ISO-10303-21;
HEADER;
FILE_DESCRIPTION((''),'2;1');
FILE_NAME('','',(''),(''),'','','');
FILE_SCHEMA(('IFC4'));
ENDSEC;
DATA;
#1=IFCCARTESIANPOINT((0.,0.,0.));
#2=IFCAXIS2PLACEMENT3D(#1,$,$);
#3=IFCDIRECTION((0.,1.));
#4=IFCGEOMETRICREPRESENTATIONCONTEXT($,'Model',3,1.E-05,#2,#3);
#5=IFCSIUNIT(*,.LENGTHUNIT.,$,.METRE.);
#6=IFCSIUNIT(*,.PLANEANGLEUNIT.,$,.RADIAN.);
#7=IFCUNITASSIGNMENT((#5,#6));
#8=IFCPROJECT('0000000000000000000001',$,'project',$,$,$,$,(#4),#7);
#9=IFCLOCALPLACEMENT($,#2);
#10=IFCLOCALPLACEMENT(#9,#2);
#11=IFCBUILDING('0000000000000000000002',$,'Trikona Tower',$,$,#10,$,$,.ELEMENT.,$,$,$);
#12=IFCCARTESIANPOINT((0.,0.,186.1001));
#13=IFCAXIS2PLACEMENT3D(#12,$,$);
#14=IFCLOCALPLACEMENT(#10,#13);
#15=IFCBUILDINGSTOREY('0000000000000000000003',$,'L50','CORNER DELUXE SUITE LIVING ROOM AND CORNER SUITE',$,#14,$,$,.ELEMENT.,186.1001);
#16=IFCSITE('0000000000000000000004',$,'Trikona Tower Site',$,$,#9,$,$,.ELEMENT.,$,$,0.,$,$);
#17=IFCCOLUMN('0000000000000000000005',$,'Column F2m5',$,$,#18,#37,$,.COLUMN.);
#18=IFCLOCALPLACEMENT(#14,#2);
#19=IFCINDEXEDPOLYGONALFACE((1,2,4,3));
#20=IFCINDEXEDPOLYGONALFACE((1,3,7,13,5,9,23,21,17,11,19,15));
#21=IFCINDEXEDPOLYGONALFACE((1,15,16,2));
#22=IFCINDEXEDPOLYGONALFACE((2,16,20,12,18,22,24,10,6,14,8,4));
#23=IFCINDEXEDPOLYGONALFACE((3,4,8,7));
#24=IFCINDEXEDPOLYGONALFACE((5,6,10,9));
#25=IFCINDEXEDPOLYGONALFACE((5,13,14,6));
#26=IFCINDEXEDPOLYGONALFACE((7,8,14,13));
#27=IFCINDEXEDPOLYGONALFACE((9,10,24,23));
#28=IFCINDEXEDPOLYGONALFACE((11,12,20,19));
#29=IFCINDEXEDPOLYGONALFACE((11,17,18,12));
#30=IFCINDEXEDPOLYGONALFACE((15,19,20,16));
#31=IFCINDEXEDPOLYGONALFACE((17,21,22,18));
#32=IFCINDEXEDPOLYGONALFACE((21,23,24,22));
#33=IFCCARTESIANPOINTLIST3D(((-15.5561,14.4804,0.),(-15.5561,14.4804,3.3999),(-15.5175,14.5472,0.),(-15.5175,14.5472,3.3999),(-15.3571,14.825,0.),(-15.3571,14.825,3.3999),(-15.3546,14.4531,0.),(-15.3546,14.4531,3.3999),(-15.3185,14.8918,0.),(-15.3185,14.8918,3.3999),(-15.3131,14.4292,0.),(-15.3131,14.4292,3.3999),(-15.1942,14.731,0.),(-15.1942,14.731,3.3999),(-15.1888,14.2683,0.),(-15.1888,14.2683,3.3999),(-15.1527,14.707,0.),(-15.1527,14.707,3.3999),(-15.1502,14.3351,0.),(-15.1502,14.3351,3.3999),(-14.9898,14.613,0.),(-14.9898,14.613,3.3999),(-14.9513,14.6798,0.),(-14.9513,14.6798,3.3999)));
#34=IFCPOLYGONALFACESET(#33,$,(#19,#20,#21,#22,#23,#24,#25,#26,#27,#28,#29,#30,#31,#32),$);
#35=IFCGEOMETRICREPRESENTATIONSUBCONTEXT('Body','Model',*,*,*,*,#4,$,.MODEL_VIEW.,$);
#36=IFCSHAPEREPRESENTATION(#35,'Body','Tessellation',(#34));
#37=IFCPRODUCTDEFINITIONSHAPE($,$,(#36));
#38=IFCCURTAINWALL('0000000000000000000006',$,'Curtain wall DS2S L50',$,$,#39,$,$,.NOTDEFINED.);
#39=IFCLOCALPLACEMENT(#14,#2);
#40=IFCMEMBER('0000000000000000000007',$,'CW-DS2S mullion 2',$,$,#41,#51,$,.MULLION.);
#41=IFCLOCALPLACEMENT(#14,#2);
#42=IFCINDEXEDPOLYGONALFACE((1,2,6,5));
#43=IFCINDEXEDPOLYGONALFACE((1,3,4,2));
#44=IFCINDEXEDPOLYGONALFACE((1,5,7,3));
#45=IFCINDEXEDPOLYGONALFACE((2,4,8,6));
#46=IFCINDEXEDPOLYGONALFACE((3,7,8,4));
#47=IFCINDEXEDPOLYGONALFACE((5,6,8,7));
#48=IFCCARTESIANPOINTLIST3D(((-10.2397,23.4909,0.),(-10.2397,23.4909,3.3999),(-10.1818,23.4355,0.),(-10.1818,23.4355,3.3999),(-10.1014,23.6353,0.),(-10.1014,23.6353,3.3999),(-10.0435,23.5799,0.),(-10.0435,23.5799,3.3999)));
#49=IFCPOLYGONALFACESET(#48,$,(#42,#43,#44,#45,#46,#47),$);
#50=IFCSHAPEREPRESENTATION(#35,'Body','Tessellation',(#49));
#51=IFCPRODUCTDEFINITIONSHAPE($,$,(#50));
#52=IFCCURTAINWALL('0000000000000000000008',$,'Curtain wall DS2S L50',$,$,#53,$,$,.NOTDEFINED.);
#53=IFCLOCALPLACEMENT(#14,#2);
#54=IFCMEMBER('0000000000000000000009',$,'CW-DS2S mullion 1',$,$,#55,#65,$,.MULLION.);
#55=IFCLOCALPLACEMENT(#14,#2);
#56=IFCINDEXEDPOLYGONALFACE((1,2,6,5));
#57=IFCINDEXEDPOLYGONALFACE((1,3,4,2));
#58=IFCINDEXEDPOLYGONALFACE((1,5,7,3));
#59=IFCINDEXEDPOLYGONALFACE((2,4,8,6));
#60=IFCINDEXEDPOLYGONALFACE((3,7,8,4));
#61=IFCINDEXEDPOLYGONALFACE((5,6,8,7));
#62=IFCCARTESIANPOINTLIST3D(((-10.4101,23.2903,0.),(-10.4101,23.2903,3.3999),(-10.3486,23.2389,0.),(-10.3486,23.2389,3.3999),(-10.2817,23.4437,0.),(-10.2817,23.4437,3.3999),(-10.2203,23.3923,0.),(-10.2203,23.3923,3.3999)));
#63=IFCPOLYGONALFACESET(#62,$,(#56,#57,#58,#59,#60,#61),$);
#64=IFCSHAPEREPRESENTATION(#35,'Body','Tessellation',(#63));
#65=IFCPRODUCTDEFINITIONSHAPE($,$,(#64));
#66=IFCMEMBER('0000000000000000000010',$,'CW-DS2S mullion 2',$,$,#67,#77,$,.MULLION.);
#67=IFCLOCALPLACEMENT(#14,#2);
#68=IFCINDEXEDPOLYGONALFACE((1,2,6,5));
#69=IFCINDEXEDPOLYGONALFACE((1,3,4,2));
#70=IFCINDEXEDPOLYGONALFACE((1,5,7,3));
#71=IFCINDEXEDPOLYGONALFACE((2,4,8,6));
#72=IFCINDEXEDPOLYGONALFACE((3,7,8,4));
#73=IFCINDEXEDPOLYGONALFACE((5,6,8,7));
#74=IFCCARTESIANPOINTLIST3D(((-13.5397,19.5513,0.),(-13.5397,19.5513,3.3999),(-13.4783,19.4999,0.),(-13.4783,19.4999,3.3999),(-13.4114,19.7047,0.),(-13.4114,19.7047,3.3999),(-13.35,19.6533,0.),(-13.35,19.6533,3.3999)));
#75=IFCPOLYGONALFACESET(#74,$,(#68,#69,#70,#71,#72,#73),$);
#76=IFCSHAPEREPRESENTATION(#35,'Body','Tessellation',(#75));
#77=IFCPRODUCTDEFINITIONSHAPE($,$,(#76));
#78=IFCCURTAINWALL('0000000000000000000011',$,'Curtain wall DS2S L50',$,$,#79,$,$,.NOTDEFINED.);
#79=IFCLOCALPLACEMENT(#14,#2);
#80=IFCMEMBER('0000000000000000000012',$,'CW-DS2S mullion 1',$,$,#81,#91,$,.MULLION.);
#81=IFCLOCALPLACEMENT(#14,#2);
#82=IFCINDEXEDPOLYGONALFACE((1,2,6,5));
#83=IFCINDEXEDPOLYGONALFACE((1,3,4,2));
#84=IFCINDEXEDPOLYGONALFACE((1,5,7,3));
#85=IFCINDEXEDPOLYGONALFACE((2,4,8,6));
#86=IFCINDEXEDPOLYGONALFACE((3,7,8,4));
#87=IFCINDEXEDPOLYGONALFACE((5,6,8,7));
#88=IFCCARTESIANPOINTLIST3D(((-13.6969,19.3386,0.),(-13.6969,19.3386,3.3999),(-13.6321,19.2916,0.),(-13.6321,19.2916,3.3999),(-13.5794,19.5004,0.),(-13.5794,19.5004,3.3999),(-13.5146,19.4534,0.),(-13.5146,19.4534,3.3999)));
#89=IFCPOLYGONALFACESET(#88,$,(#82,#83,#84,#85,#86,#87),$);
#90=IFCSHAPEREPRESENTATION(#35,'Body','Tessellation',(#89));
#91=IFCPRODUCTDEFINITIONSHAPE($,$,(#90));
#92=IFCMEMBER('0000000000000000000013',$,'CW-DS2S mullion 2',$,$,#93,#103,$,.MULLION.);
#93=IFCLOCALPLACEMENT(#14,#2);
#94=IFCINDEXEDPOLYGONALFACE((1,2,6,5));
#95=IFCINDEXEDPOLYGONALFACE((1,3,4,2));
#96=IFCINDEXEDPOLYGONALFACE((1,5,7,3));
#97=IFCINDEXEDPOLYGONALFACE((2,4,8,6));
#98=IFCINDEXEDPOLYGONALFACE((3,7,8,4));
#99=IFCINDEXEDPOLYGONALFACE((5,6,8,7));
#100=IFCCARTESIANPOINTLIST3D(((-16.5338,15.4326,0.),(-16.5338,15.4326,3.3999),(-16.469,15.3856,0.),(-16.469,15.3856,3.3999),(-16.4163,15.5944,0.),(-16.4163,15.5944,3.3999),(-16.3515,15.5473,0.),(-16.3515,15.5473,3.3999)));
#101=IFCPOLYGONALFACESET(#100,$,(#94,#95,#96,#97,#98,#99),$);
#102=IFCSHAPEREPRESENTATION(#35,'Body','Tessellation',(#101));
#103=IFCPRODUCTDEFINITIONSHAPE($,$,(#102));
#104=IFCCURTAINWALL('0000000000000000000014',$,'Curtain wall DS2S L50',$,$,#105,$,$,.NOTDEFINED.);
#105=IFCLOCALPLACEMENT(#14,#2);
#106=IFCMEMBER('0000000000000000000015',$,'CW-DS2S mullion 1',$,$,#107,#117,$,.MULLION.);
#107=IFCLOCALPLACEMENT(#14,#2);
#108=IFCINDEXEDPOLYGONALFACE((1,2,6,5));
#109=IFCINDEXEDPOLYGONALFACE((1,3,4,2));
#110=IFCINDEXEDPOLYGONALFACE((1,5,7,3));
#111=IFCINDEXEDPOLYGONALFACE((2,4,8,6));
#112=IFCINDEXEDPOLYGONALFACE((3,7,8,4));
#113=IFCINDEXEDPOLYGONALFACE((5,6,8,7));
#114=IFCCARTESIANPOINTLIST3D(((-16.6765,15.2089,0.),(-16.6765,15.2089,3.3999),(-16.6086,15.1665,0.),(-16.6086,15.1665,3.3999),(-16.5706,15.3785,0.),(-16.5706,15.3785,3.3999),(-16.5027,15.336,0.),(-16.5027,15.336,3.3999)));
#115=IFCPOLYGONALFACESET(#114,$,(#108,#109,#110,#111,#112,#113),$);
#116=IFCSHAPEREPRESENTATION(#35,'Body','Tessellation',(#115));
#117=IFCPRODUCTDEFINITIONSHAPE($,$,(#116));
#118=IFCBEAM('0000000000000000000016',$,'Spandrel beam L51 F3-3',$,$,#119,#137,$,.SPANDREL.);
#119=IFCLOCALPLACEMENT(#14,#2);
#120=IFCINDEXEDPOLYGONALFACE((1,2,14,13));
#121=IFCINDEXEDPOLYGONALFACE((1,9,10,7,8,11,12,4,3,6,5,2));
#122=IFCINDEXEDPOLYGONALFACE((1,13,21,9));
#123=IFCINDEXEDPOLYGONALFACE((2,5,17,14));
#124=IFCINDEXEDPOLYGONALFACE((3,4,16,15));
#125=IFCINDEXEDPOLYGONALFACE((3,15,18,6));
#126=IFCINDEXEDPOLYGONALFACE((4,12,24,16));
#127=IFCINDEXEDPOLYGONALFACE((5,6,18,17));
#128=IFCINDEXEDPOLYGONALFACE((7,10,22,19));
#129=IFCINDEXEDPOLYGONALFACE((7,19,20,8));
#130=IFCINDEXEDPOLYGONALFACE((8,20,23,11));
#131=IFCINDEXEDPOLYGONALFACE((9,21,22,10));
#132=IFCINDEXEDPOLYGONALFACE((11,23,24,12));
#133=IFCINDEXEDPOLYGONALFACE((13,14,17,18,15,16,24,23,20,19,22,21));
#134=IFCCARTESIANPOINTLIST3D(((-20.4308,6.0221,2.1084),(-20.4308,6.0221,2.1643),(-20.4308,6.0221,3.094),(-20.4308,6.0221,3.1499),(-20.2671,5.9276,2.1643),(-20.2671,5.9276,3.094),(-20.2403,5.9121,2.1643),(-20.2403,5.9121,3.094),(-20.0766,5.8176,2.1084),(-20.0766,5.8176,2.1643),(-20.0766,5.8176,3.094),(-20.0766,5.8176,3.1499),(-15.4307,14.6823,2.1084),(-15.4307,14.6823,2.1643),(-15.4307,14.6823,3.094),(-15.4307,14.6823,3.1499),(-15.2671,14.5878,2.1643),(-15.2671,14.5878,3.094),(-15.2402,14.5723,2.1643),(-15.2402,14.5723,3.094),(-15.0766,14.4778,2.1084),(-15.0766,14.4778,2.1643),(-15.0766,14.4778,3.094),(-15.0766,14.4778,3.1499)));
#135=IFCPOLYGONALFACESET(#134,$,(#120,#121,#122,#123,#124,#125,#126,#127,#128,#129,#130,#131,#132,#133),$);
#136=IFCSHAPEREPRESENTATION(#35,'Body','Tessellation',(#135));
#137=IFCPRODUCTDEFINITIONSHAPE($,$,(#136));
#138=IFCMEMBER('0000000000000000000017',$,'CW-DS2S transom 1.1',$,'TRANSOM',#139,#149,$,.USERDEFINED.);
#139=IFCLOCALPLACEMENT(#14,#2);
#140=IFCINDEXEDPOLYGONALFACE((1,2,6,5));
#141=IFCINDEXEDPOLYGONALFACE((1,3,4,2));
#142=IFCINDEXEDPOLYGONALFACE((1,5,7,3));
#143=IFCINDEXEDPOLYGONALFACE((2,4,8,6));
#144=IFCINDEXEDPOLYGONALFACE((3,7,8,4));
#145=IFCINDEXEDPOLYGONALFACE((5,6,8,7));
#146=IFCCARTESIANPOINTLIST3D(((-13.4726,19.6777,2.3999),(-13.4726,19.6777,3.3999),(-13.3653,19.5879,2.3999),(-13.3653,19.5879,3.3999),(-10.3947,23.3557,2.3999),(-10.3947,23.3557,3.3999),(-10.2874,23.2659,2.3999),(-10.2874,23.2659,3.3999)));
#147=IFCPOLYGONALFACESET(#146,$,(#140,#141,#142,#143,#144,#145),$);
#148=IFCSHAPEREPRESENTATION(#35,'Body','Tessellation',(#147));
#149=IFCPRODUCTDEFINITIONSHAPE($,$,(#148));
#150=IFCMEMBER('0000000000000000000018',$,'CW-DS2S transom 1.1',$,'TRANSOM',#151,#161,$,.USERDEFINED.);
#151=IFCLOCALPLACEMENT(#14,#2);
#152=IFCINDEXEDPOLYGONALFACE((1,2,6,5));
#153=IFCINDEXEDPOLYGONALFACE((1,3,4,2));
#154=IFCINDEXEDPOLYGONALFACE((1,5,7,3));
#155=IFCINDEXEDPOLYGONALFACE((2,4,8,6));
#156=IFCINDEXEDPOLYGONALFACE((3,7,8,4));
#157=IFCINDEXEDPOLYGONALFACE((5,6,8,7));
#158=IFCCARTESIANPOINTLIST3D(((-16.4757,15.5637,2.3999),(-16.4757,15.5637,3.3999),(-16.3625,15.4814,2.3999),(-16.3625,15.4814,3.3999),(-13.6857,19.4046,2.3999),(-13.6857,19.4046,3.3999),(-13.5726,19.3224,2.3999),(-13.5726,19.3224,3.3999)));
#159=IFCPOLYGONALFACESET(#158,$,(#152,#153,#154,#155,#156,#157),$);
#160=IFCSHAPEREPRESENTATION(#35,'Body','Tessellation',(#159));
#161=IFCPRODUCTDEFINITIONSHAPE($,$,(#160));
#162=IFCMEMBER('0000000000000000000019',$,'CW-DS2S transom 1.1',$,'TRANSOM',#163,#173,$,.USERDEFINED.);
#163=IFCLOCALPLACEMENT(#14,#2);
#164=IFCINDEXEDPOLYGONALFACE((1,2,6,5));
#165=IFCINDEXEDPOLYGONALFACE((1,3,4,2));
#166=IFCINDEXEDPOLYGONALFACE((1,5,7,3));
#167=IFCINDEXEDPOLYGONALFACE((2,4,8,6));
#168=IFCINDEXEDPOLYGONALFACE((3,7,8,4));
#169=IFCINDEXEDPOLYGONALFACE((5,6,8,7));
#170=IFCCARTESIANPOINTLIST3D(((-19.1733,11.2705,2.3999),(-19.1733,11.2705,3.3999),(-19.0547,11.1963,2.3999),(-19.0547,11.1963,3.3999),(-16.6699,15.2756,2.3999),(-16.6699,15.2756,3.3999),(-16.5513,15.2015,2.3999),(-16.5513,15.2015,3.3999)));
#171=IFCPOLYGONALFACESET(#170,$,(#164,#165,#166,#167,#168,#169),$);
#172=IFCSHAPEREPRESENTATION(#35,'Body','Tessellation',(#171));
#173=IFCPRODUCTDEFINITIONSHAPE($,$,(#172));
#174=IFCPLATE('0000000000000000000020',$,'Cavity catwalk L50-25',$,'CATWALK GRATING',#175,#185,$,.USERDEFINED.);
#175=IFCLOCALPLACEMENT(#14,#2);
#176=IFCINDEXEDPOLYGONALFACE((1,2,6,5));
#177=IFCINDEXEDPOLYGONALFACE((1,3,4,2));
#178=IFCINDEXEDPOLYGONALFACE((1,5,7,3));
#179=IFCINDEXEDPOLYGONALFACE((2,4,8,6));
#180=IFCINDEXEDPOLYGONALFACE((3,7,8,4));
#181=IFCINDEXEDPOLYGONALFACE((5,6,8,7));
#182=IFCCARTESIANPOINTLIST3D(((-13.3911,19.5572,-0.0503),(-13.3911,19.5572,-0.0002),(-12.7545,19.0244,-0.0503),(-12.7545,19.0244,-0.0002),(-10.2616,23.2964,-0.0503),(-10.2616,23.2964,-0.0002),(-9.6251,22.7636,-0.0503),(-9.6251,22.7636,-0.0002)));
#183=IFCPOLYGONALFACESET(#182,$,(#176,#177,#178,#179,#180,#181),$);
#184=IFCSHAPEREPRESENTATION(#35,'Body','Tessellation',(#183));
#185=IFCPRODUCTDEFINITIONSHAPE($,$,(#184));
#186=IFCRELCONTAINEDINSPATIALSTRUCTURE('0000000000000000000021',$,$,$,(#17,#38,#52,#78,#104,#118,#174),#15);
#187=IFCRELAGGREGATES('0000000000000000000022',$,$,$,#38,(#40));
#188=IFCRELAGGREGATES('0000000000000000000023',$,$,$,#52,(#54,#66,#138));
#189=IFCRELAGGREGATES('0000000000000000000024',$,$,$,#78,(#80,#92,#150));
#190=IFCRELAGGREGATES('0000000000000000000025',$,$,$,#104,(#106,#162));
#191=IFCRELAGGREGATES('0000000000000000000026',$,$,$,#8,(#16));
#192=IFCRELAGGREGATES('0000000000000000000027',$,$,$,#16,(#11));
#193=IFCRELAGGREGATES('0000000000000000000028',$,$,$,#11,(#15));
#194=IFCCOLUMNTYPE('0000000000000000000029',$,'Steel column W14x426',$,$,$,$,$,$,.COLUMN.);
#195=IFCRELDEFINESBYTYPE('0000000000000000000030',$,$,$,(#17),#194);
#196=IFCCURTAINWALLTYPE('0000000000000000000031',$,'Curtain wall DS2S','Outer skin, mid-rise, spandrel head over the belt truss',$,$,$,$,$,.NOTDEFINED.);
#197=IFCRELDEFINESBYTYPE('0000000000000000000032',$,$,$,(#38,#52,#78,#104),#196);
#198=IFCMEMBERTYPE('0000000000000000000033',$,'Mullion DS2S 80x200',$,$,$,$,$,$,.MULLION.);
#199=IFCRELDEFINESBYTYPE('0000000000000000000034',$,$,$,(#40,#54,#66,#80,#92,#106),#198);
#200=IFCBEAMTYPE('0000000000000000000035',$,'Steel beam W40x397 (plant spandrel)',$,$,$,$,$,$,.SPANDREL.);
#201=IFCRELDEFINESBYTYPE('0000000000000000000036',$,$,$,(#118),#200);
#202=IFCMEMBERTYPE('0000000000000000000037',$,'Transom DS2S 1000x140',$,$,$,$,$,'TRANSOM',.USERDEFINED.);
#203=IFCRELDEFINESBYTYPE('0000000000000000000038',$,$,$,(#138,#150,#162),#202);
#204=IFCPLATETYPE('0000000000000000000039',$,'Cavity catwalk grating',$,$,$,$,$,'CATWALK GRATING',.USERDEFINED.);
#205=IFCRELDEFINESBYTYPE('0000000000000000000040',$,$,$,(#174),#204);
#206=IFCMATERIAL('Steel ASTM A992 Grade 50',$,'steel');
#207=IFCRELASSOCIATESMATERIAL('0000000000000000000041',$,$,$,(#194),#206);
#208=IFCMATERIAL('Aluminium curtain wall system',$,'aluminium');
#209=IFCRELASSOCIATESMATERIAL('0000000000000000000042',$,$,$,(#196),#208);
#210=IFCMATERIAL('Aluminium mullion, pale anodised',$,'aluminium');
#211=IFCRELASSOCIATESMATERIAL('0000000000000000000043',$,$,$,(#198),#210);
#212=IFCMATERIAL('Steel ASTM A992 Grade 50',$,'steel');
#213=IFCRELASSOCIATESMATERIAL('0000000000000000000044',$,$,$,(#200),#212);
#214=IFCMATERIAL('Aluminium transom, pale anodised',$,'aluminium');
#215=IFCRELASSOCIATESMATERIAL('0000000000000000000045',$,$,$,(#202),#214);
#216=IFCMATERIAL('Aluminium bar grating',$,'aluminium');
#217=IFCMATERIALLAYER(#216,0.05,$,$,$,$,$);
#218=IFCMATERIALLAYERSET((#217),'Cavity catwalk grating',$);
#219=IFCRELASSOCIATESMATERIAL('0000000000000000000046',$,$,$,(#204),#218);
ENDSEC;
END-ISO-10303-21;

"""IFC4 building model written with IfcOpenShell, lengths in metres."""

from ifc_helpers import new_model, si_unit, direction, frame, origin, origin_2d, place, context, subcontext, project, spatial, rectangle, i_section, extrude, material, layer, layer_set, material_profile, profile_set, type_object, element, aggregate, save


model = new_model("IFC4")

# Units and contexts
model_context = context("Model", 3, precision=1e-05, world=origin(), true_north=direction((0.0, 1.0)))
body_context = subcontext(model_context, "Body", "Model", "MODEL_VIEW")
ifc_project = project(units=[si_unit("LENGTHUNIT", "METRE"), si_unit("PLANEANGLEUNIT", "RADIAN")], contexts=[model_context])

# Site, building, storey
site_placement = place(None, origin())
site = spatial("IfcSite", under=ifc_project, at=site_placement, Name="Trikona Tower Site", CompositionType="ELEMENT", RefElevation=0.0)
building_placement = place(site_placement, origin())
building = spatial("IfcBuilding", under=site, at=building_placement, Name="Trikona Tower", CompositionType="ELEMENT")
storey_placement = place(building_placement, frame((0.0, 0.0, 186.1001)))
storey = spatial("IfcBuildingStorey", under=building, at=storey_placement, Name="L50", Description="CORNER DELUXE SUITE LIVING ROOM AND CORNER SUITE", CompositionType="ELEMENT", Elevation=186.1001)

# Column
ifc_material_1 = material(Name="Steel ASTM A992 Grade 50", Category="steel")
ifc_material_profile_1 = material_profile(ifc_material_1, i_section(OverallWidth=0.4241, OverallDepth=0.4751, WebThickness=0.0479, FlangeThickness=0.0771, at=origin_2d()), Name="W14X426")
ifc_profile_set_1 = profile_set([ifc_material_profile_1], Name="Steel ASTM A992 Grade 50")
column_type = type_object("IfcColumnType", Name="Steel column W14x426", PredefinedType="COLUMN", material=ifc_profile_set_1)
column_placement = place(storey_placement, frame((-15.2537, 14.5801, 0.0), z_axis=(0.0, 0.0, 1.0), x_axis=(-0.866025, 0.5, 0.0)))
element("IfcColumn", 1, at=column_placement, inside=storey, type_object=column_type, Name="Column F2m5", PredefinedType="COLUMN", context=body_context, shape_type="SweptSolid", body=[
    extrude(i_section(OverallWidth=0.4241, OverallDepth=0.4751, WebThickness=0.0479, FlangeThickness=0.0771, at=origin_2d()), origin(), (0.0, 0.0, 1.0), 3.3999),
])

# Curtain wall, member
ifc_material_2 = material(Name="Aluminium curtain wall system", Category="aluminium")
curtain_wall_type = type_object("IfcCurtainWallType", Name="Curtain wall DS2S", Description="Outer skin, mid-rise, spandrel head over the belt truss", PredefinedType="NOTDEFINED", material=ifc_material_2)
curtain_wall_1_placement = place(storey_placement, origin())
curtain_wall_1 = element("IfcCurtainWall", 2, at=curtain_wall_1_placement, inside=storey, type_object=curtain_wall_type, Name="Curtain wall DS2S L50", PredefinedType="NOTDEFINED")
ifc_material_3 = material(Name="Aluminium mullion, pale anodised", Category="aluminium")
ifc_material_profile_2 = material_profile(ifc_material_3, rectangle(XDim=0.0801, YDim=0.2, at=origin_2d()), Name="MUL-DS2S")
ifc_profile_set_2 = profile_set([ifc_material_profile_2], Name="Aluminium mullion, pale anodised")
member_type_1 = type_object("IfcMemberType", Name="Mullion DS2S 80x200", PredefinedType="MULLION", material=ifc_profile_set_2)
member_1_placement = place(storey_placement, frame((-10.1416, 23.5354, 0.0), z_axis=(0.0, 0.0, 1.0), x_axis=(0.722158, -0.691728, 0.0)))
member_1 = element("IfcMember", 3, at=member_1_placement, type_object=member_type_1, Name="CW-DS2S mullion 2", PredefinedType="MULLION", context=body_context, shape_type="SweptSolid", body=[
    extrude(rectangle(XDim=0.0801, YDim=0.2, at=origin_2d()), origin(), (0.0, 0.0, 1.0), 3.3999),
])
aggregate(curtain_wall_1, [member_1])

# Curtain walls, members
curtain_wall_2_placement = place(storey_placement, origin())
curtain_wall_2 = element("IfcCurtainWall", 4, at=curtain_wall_2_placement, inside=storey, type_object=curtain_wall_type, Name="Curtain wall DS2S L50", PredefinedType="NOTDEFINED")
member_2_placement = place(storey_placement, frame((-10.3152, 23.3413, 0.0), z_axis=(0.0, 0.0, 1.0), x_axis=(0.766867, -0.641806, 0.0)))
member_2 = element("IfcMember", 5, at=member_2_placement, type_object=member_type_1, Name="CW-DS2S mullion 1", PredefinedType="MULLION", context=body_context, shape_type="SweptSolid", body=[
    extrude(rectangle(XDim=0.0801, YDim=0.2, at=origin_2d()), origin(), (0.0, 0.0, 1.0), 3.3999),
])
member_3_placement = place(storey_placement, frame((-13.4448, 19.6023, 0.0), z_axis=(0.0, 0.0, 1.0), x_axis=(0.766867, -0.641806, 0.0)))
member_3 = element("IfcMember", 6, at=member_3_placement, type_object=member_type_1, Name="CW-DS2S mullion 2", PredefinedType="MULLION", context=body_context, shape_type="SweptSolid", body=[
    extrude(rectangle(XDim=0.0801, YDim=0.2, at=origin_2d()), origin(), (0.0, 0.0, 1.0), 3.3999),
])
curtain_wall_3_placement = place(storey_placement, origin())
curtain_wall_3 = element("IfcCurtainWall", 7, at=curtain_wall_3_placement, inside=storey, type_object=curtain_wall_type, Name="Curtain wall DS2S L50", PredefinedType="NOTDEFINED")
member_4_placement = place(storey_placement, frame((-13.6057, 19.396, 0.0), z_axis=(0.0, 0.0, 1.0), x_axis=(0.809086, -0.587691, 0.0)))
member_4 = element("IfcMember", 8, at=member_4_placement, type_object=member_type_1, Name="CW-DS2S mullion 1", PredefinedType="MULLION", context=body_context, shape_type="SweptSolid", body=[
    extrude(rectangle(XDim=0.0801, YDim=0.2, at=origin_2d()), origin(), (0.0, 0.0, 1.0), 3.3999),
])
member_5_placement = place(storey_placement, frame((-16.4426, 15.49, 0.0), z_axis=(0.0, 0.0, 1.0), x_axis=(0.809086, -0.587691, 0.0)))
member_5 = element("IfcMember", 9, at=member_5_placement, type_object=member_type_1, Name="CW-DS2S mullion 2", PredefinedType="MULLION", context=body_context, shape_type="SweptSolid", body=[
    extrude(rectangle(XDim=0.0801, YDim=0.2, at=origin_2d()), origin(), (0.0, 0.0, 1.0), 3.3999),
])

# Curtain wall, member
curtain_wall_4_placement = place(storey_placement, origin())
curtain_wall_4 = element("IfcCurtainWall", 10, at=curtain_wall_4_placement, inside=storey, type_object=curtain_wall_type, Name="Curtain wall DS2S L50", PredefinedType="NOTDEFINED")
member_6_placement = place(storey_placement, frame((-16.5896, 15.2725, 0.0), z_axis=(0.0, 0.0, 1.0), x_axis=(0.847998, -0.529999, 0.0)))
member_6 = element("IfcMember", 11, at=member_6_placement, type_object=member_type_1, Name="CW-DS2S mullion 1", PredefinedType="MULLION", context=body_context, shape_type="SweptSolid", body=[
    extrude(rectangle(XDim=0.0801, YDim=0.2, at=origin_2d()), origin(), (0.0, 0.0, 1.0), 3.3999),
])

# Beam
ifc_material_4 = material(Name="Steel ASTM A992 Grade 50", Category="steel")
ifc_material_profile_3 = material_profile(ifc_material_4, i_section(OverallWidth=0.4089, OverallDepth=1.0415, WebThickness=0.031, FlangeThickness=0.0559, at=origin_2d()), Name="W40X397")
ifc_profile_set_3 = profile_set([ifc_material_profile_3], Name="Steel ASTM A992 Grade 50")
beam_type = type_object("IfcBeamType", Name="Steel beam W40x397 (plant spandrel)", PredefinedType="SPANDREL", material=ifc_profile_set_3)
beam_placement = place(storey_placement, frame((-15.2537, 14.5801, 2.6292), z_axis=(-0.500004, -0.866023, 0.0), x_axis=(0.866023, -0.500004, 0.0)))
element("IfcBeam", 12, at=beam_placement, inside=storey, type_object=beam_type, Name="Spandrel beam L51 F3-3", PredefinedType="SPANDREL", context=body_context, shape_type="SweptSolid", body=[
    extrude(i_section(OverallWidth=0.4089, OverallDepth=1.0415, WebThickness=0.031, FlangeThickness=0.0559, at=origin_2d()), origin(), (0.0, 0.0, 1.0), 10.0),
])

# Members
ifc_material_5 = material(Name="Aluminium transom, pale anodised", Category="aluminium")
ifc_material_profile_4 = material_profile(ifc_material_5, rectangle(XDim=0.1399, YDim=1.0, at=origin_2d()), Name="TRN-DS2S")
ifc_profile_set_4 = profile_set([ifc_material_profile_4], Name="Aluminium transom, pale anodised")
member_type_2 = type_object("IfcMemberType", Name="Transom DS2S 1000x140", ElementType="TRANSOM", PredefinedType="USERDEFINED", material=ifc_profile_set_4)
member_7_placement = place(storey_placement, frame((-10.3411, 23.3108, 2.8999), z_axis=(-0.64177, -0.766897, 0.0), x_axis=(0.766897, -0.64177, 0.0)))
member_7 = element("IfcMember", 13, at=member_7_placement, type_object=member_type_2, Name="CW-DS2S transom 1.1", ObjectType="TRANSOM", PredefinedType="USERDEFINED", context=body_context, shape_type="SweptSolid", body=[
    extrude(rectangle(XDim=0.1399, YDim=1.0, at=origin_2d()), origin(), (0.0, 0.0, 1.0), 4.7959),
])
member_8_placement = place(storey_placement, frame((-13.6292, 19.3635, 2.8999), z_axis=(-0.587695, -0.809083, 0.0), x_axis=(0.809083, -0.587695, 0.0)))
member_8 = element("IfcMember", 14, at=member_8_placement, type_object=member_type_2, Name="CW-DS2S transom 1.1", ObjectType="TRANSOM", PredefinedType="USERDEFINED", context=body_context, shape_type="SweptSolid", body=[
    extrude(rectangle(XDim=0.1399, YDim=1.0, at=origin_2d()), origin(), (0.0, 0.0, 1.0), 4.7473),
])
member_9_placement = place(storey_placement, frame((-16.6106, 15.2385, 2.8999), z_axis=(-0.530031, -0.847978, 0.0), x_axis=(0.847978, -0.530031, 0.0)))
member_9 = element("IfcMember", 15, at=member_9_placement, type_object=member_type_2, Name="CW-DS2S transom 1.1", ObjectType="TRANSOM", PredefinedType="USERDEFINED", context=body_context, shape_type="SweptSolid", body=[
    extrude(rectangle(XDim=0.1399, YDim=1.0, at=origin_2d()), origin(), (0.0, 0.0, 1.0), 4.7231),
])

# Plate
ifc_material_6 = material(Name="Aluminium bar grating", Category="aluminium")
ifc_layer_1 = layer(ifc_material_6, 0.05)
ifc_layer_set_1 = layer_set([ifc_layer_1], Name="Cavity catwalk grating")
plate_type_1 = type_object("IfcPlateType", Name="Cavity catwalk grating", ElementType="CATWALK GRATING", PredefinedType="USERDEFINED", material=ifc_layer_set_1)
plate_1_placement = place(storey_placement, frame((-11.5081, 21.1604, -0.0503), z_axis=(0.0, 0.0, 1.0), x_axis=(-0.641807, -0.766866, 0.0)))
element("IfcPlate", 16, at=plate_1_placement, inside=storey, type_object=plate_type_1, Name="Cavity catwalk L50-25", ObjectType="CATWALK GRATING", PredefinedType="USERDEFINED", context=body_context, shape_type="SweptSolid", body=[
    extrude(rectangle(XDim=4.876, YDim=0.8301, at=origin_2d()), origin(), (0.0, 0.0, 1.0), 0.05),
])

aggregate(curtain_wall_2, [member_2, member_3, member_7])
aggregate(curtain_wall_3, [member_4, member_5, member_8])
aggregate(curtain_wall_4, [member_6, member_9])

save(model, "model.ifc")
